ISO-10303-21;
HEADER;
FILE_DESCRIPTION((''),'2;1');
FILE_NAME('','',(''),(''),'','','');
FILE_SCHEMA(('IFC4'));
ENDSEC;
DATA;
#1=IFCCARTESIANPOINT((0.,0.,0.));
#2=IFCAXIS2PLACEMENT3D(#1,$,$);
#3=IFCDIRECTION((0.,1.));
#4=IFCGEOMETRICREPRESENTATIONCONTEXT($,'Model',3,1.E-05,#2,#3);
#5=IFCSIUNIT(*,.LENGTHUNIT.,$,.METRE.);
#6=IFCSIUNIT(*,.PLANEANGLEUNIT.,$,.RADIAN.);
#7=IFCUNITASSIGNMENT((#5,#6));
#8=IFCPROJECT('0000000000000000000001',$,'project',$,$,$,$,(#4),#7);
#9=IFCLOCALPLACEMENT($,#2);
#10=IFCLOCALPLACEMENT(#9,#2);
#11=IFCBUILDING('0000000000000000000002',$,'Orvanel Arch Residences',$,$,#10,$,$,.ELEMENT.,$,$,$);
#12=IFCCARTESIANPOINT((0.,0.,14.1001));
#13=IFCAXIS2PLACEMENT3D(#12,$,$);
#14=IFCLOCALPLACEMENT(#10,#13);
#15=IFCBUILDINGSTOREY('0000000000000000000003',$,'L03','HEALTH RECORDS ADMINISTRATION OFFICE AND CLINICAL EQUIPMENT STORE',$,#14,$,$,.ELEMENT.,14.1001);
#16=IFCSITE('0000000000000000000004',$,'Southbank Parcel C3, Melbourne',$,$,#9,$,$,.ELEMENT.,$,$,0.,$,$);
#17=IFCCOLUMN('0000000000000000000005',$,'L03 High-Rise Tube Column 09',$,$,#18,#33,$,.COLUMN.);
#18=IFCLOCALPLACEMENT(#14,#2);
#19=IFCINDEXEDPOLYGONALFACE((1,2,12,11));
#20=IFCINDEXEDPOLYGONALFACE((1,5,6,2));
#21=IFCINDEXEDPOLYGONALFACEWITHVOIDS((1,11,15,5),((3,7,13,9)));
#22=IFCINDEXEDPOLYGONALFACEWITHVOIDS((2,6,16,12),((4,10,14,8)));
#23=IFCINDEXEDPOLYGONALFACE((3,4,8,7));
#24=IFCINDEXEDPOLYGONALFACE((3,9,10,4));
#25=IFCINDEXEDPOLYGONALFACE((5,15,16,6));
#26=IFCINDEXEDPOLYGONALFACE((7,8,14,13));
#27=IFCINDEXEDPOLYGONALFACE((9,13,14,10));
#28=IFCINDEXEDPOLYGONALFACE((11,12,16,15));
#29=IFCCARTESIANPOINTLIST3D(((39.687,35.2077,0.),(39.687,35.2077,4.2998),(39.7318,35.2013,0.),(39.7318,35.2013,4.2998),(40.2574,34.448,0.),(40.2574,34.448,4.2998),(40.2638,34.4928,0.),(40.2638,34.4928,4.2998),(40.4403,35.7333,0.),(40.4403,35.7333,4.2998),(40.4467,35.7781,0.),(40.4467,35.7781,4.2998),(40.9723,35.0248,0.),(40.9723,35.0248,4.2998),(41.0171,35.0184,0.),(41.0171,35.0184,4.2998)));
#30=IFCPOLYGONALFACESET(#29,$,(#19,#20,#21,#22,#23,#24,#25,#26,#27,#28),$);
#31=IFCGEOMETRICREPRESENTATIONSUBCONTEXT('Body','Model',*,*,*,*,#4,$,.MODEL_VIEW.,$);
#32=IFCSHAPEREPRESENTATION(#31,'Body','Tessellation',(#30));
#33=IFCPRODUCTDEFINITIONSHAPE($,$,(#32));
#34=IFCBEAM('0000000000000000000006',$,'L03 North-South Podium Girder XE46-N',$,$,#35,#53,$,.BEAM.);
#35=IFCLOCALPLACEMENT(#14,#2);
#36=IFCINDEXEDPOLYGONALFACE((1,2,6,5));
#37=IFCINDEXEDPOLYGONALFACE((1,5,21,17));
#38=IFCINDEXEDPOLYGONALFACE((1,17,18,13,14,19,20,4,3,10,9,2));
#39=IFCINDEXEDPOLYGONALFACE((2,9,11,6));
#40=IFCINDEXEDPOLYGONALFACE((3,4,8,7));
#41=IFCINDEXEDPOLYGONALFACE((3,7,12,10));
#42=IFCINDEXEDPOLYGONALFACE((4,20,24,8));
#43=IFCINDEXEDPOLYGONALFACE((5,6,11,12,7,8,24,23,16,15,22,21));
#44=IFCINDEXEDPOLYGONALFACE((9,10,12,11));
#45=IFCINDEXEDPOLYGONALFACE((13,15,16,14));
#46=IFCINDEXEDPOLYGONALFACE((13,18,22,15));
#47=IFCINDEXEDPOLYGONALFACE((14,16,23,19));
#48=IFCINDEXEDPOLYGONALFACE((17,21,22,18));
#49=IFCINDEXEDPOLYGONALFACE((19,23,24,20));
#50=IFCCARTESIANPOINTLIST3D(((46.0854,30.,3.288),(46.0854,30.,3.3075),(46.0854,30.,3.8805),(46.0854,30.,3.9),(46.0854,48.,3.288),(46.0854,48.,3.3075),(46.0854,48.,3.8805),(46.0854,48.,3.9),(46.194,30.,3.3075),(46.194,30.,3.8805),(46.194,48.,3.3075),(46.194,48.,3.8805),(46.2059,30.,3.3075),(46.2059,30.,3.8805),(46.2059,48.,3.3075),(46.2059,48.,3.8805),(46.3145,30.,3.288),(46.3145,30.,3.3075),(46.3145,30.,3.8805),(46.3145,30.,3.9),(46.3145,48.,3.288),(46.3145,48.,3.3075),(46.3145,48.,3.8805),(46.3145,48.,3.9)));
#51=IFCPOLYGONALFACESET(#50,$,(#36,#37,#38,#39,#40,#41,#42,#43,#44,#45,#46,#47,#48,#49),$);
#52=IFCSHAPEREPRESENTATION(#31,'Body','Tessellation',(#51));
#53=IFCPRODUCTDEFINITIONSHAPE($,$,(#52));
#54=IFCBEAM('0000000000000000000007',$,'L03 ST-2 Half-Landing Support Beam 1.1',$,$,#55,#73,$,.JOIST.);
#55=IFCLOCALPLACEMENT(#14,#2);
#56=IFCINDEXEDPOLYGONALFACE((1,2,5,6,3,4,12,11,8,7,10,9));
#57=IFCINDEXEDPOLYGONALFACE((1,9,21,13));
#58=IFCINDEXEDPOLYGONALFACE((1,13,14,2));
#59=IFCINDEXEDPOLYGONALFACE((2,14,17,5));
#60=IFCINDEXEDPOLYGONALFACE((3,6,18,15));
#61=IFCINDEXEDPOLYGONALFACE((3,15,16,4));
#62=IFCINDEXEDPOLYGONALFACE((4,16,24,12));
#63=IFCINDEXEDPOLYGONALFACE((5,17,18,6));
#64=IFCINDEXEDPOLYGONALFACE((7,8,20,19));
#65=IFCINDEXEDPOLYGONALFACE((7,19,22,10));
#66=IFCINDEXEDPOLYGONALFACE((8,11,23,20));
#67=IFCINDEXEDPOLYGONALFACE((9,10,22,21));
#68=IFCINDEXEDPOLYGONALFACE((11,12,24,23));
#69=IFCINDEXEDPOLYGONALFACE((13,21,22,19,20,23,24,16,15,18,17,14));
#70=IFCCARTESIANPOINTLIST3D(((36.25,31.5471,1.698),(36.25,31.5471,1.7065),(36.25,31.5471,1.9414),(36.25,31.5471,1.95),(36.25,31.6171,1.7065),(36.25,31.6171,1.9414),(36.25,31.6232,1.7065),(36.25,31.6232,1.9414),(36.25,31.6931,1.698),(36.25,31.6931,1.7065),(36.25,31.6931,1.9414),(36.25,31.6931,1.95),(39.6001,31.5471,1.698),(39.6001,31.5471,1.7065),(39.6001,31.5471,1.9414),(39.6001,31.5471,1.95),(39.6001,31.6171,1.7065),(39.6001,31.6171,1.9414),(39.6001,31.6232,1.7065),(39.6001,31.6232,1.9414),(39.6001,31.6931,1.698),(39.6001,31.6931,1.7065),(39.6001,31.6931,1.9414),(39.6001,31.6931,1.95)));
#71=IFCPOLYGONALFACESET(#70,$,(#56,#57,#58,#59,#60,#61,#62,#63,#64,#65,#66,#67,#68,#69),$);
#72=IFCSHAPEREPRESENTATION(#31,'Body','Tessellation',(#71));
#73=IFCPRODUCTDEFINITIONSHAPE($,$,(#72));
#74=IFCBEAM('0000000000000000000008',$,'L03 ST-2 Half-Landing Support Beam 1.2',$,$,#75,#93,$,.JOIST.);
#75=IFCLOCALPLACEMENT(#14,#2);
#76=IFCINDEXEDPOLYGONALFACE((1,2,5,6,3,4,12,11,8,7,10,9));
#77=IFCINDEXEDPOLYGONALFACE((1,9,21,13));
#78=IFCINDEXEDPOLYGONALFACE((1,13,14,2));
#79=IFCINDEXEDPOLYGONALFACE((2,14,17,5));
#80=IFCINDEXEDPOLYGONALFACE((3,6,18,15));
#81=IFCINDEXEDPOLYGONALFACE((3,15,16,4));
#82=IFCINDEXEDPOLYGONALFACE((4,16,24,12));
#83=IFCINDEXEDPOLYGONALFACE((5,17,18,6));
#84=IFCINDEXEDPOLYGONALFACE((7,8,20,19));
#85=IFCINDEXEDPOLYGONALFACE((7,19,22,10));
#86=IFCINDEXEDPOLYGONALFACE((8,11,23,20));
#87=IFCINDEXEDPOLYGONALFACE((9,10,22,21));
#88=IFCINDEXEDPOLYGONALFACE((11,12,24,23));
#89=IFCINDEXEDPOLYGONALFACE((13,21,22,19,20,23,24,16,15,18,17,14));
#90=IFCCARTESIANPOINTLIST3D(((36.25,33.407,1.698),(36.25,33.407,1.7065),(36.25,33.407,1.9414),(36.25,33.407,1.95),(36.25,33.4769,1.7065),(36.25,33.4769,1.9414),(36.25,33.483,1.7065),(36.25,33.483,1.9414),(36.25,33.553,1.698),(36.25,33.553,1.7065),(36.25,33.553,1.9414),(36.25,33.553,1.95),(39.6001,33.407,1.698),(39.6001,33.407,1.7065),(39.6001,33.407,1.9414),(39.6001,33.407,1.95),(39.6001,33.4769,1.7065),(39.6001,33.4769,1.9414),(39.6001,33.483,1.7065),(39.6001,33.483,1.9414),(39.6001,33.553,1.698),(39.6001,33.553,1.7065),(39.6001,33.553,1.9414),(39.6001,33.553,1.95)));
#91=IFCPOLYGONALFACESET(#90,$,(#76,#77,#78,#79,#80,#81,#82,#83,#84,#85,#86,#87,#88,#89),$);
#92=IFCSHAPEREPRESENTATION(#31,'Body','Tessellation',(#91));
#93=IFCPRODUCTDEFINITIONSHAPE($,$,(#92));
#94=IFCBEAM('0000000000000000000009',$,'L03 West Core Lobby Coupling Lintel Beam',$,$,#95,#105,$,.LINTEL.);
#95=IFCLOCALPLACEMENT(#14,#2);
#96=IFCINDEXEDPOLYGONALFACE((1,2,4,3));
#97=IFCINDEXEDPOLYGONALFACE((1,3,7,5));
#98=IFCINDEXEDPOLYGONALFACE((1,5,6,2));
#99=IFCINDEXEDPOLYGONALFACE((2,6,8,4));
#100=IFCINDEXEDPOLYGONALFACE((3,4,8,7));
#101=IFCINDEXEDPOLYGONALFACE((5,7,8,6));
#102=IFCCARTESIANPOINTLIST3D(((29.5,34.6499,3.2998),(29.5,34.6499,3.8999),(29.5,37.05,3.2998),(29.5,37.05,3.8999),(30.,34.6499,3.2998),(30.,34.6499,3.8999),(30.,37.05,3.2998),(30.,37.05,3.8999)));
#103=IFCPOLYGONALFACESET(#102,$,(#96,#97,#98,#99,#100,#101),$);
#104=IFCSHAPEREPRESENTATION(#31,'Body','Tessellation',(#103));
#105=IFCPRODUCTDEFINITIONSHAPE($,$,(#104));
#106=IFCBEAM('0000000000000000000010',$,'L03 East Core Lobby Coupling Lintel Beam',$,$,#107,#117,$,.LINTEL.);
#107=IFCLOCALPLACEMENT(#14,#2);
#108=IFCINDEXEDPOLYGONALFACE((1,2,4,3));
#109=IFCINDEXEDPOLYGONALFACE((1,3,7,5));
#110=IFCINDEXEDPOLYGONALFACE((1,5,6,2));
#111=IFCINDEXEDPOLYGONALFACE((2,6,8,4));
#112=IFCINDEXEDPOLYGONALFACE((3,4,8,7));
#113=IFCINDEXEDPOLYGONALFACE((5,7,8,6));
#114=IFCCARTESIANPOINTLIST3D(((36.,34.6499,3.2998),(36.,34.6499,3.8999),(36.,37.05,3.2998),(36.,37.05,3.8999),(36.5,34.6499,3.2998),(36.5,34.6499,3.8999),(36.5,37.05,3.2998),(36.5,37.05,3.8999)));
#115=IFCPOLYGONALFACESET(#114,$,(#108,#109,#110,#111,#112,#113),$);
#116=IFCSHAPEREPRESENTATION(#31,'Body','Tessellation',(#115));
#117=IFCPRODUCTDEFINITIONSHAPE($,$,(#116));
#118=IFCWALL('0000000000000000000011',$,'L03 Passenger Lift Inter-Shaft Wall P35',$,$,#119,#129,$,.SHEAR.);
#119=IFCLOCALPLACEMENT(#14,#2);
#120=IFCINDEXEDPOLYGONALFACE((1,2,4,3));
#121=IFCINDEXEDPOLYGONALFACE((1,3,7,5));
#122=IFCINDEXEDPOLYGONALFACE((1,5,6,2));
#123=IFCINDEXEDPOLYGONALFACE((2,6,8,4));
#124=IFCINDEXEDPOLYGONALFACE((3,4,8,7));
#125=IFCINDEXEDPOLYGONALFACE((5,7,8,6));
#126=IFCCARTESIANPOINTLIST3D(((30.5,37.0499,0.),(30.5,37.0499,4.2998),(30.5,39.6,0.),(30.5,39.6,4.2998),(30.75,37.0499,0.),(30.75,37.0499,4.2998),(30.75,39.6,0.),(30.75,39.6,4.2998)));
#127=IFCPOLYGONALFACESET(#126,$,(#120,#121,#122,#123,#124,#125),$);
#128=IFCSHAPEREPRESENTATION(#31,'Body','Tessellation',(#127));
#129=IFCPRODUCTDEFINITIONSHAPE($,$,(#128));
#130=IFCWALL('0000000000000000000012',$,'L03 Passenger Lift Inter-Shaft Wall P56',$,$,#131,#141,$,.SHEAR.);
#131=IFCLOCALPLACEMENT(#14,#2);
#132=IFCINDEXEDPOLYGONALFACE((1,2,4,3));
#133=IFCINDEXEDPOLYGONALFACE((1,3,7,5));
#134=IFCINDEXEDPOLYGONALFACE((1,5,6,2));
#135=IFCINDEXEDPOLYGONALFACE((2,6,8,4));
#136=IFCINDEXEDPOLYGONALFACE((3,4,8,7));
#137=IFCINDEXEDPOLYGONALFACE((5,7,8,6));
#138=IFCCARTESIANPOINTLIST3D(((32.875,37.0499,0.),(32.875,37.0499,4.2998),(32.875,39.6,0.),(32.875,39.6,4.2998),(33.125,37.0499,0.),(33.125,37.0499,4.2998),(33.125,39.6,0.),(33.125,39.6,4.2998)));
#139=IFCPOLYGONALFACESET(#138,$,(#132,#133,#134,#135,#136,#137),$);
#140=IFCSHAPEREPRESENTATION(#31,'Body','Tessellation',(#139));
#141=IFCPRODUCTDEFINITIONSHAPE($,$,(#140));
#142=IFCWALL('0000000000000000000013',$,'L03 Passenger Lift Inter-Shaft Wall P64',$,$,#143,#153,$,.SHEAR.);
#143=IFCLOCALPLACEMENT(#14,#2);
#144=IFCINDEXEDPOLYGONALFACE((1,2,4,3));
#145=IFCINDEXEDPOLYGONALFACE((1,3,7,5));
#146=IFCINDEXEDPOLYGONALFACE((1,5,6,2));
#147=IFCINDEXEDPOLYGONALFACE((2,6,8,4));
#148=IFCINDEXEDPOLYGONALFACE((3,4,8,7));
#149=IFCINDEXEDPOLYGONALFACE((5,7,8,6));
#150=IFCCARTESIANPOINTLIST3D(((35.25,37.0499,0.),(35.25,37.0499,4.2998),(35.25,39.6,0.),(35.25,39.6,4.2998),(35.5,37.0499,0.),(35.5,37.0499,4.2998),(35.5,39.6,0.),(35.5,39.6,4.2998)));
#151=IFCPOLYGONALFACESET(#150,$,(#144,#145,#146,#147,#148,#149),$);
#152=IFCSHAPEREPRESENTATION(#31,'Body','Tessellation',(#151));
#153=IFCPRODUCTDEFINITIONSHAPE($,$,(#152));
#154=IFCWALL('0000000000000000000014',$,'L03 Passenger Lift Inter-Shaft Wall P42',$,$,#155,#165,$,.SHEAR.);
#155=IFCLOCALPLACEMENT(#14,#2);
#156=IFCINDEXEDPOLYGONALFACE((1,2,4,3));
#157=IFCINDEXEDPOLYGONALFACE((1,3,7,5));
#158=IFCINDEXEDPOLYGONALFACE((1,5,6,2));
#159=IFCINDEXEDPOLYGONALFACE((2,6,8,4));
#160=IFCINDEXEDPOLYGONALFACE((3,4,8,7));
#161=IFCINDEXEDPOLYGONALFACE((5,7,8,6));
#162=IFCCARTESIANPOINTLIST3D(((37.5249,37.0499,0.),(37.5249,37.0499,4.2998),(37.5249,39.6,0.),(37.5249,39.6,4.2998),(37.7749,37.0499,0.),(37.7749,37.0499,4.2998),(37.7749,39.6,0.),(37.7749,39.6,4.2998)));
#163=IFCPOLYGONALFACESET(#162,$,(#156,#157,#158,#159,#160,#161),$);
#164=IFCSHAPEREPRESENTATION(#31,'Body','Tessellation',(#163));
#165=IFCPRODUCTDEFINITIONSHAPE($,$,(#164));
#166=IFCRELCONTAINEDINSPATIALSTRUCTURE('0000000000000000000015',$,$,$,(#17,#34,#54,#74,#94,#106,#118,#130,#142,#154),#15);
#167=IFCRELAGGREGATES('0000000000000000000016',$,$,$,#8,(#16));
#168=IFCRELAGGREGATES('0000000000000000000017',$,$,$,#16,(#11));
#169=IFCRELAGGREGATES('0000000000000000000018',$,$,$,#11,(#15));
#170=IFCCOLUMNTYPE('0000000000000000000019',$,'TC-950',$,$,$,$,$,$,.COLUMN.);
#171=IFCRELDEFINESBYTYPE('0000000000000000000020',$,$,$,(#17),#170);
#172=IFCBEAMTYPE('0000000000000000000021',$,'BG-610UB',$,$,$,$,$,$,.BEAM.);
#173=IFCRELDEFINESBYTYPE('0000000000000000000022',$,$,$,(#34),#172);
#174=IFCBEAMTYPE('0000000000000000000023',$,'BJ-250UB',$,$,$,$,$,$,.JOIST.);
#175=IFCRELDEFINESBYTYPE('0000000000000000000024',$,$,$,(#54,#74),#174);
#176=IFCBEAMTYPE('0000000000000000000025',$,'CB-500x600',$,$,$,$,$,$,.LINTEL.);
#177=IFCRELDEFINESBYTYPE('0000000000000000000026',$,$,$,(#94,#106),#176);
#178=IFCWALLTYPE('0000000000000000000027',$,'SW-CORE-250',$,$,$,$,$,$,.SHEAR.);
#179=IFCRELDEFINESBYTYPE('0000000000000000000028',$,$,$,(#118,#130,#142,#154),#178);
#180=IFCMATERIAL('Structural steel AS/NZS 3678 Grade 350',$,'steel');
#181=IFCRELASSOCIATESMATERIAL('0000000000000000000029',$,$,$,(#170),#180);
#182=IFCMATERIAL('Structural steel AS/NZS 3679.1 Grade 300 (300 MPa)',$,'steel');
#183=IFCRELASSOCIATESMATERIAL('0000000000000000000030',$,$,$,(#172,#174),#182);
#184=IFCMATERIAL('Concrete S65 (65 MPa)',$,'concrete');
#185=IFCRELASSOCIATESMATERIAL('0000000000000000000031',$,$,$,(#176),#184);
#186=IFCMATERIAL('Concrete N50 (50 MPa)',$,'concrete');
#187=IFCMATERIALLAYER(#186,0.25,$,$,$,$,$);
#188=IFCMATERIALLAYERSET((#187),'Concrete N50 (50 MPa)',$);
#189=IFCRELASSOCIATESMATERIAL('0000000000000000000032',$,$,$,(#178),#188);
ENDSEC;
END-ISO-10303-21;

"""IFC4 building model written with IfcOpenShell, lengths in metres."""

from ifc_helpers import new_model, si_unit, direction, frame, frame_2d, origin, origin_2d, place, context, subcontext, project, spatial, rectangle, hollow_rectangle, i_section, extrude, material, layer, layer_set, material_profile, profile_set, type_object, element, save


model = new_model("IFC4")

# Units and contexts
model_context = context("Model", 3, precision=1e-05, world=origin(), true_north=direction((0.0, 1.0)))
body_context = subcontext(model_context, "Body", "Model", "MODEL_VIEW")
ifc_project = project(units=[si_unit("LENGTHUNIT", "METRE"), si_unit("PLANEANGLEUNIT", "RADIAN")], contexts=[model_context])

# Site, building, storey
site_placement = place(None, origin())
site = spatial("IfcSite", under=ifc_project, at=site_placement, Name="Southbank Parcel C3, Melbourne", CompositionType="ELEMENT", RefElevation=0.0)
building_placement = place(site_placement, origin())
building = spatial("IfcBuilding", under=site, at=building_placement, Name="Orvanel Arch Residences", CompositionType="ELEMENT")
storey_placement = place(building_placement, frame((0.0, 0.0, 14.1001)))
storey = spatial("IfcBuildingStorey", under=building, at=storey_placement, Name="L03", Description="HEALTH RECORDS ADMINISTRATION OFFICE AND CLINICAL EQUIPMENT STORE", CompositionType="ELEMENT", Elevation=14.1001)

# Column
ifc_material_1 = material(Name="Structural steel AS/NZS 3678 Grade 350", Category="steel")
ifc_material_profile_1 = material_profile(ifc_material_1, hollow_rectangle(XDim=0.95, YDim=0.95, WallThickness=0.032, at=origin_2d()), Name="BOX950x950x32")
ifc_profile_set_1 = profile_set([ifc_material_profile_1], Name="Structural steel AS/NZS 3678 Grade 350")
column_type = type_object("IfcColumnType", Name="TC-950", PredefinedType="COLUMN", material=ifc_profile_set_1)
column_placement = place(storey_placement, frame((40.3521, 35.113, 0.0), z_axis=(0.0, 0.0, 1.0), x_axis=(-0.60042, 0.799685, 0.0)))
element("IfcColumn", 1, at=column_placement, inside=storey, type_object=column_type, Name="L03 High-Rise Tube Column 09", PredefinedType="COLUMN", context=body_context, shape_type="SweptSolid", body=[
    extrude(hollow_rectangle(XDim=0.95, YDim=0.95, WallThickness=0.032, at=origin_2d()), origin(), (0.0, 0.0, 1.0), 4.2998),
])

# Beams
ifc_material_2 = material(Name="Structural steel AS/NZS 3679.1 Grade 300 (300 MPa)", Category="steel")
ifc_material_profile_2 = material_profile(ifc_material_2, i_section(OverallWidth=0.229, OverallDepth=0.6121, WebThickness=0.012, FlangeThickness=0.0195, at=origin_2d()), Name="610UB125")
ifc_profile_set_2 = profile_set([ifc_material_profile_2], Name="Structural steel AS/NZS 3679.1 Grade 300 (300 MPa)")
beam_type_1 = type_object("IfcBeamType", Name="BG-610UB", PredefinedType="BEAM", material=ifc_profile_set_2)
beam_placement = place(storey_placement, frame((46.2, 30.0, 3.594), z_axis=(0.0, 1.0, 0.0), x_axis=(-1.0, 0.0, 0.0)))
element("IfcBeam", 2, at=beam_placement, inside=storey, type_object=beam_type_1, Name="L03 North-South Podium Girder XE46-N", PredefinedType="BEAM", context=body_context, shape_type="SweptSolid", body=[
    extrude(i_section(OverallWidth=0.229, OverallDepth=0.6121, WebThickness=0.012, FlangeThickness=0.0195, at=origin_2d()), origin(), (0.0, 0.0, 1.0), 18.0),
])
ifc_material_profile_3 = material_profile(ifc_material_2, i_section(OverallWidth=0.146, OverallDepth=0.252, WebThickness=0.0061, FlangeThickness=0.0085, at=origin_2d()), Name="250UB31.4")
ifc_profile_set_3 = profile_set([ifc_material_profile_3], Name="Structural steel AS/NZS 3679.1 Grade 300 (300 MPa)")
beam_type_2 = type_object("IfcBeamType", Name="BJ-250UB", PredefinedType="JOIST", material=ifc_profile_set_3)
for number, where, z_axis, x_axis, name in (
    (3, (36.25, 31.6201, 1.824), (1.0, 0.0, 0.0), (0.0, 1.0, 0.0), "L03 ST-2 Half-Landing Support Beam 1.1"),
    (4, (36.25, 33.48, 1.824), (1.0, 0.0, 0.0), (0.0, 1.0, 0.0), "L03 ST-2 Half-Landing Support Beam 1.2"),
):
    element("IfcBeam", number, at=place(storey_placement, frame(where, z_axis=z_axis, x_axis=x_axis)), inside=storey, type_object=beam_type_2, Name=name, PredefinedType="JOIST", context=body_context, shape_type="SweptSolid", body=[
        extrude(i_section(OverallWidth=0.146, OverallDepth=0.252, WebThickness=0.0061, FlangeThickness=0.0085, at=origin_2d()), origin(), (0.0, 0.0, 1.0), 3.3501),
    ])
ifc_material_3 = material(Name="Concrete S65 (65 MPa)", Category="concrete")
ifc_material_profile_4 = material_profile(ifc_material_3, rectangle(XDim=0.5, YDim=0.6001, at=origin_2d()), Name="RC500x600")
ifc_profile_set_4 = profile_set([ifc_material_profile_4], Name="Concrete S65 (65 MPa)")
beam_type_3 = type_object("IfcBeamType", Name="CB-500x600", PredefinedType="LINTEL", material=ifc_profile_set_4)
for number, where, z_axis, x_axis, name in (
    (5, (29.75, 34.6499, 3.5999), (0.0, 1.0, 0.0), (-1.0, 0.0, 0.0), "L03 West Core Lobby Coupling Lintel Beam"),
    (6, (36.25, 34.6499, 3.5999), (0.0, 1.0, 0.0), (-1.0, 0.0, 0.0), "L03 East Core Lobby Coupling Lintel Beam"),
):
    element("IfcBeam", number, at=place(storey_placement, frame(where, z_axis=z_axis, x_axis=x_axis)), inside=storey, type_object=beam_type_3, Name=name, PredefinedType="LINTEL", context=body_context, shape_type="SweptSolid", body=[
        extrude(rectangle(XDim=0.5, YDim=0.6001, at=origin_2d()), origin(), (0.0, 0.0, 1.0), 2.4001),
    ])

# Walls
ifc_material_4 = material(Name="Concrete N50 (50 MPa)", Category="concrete")
ifc_layer_1 = layer(ifc_material_4, 0.25)
ifc_layer_set_1 = layer_set([ifc_layer_1], Name="Concrete N50 (50 MPa)")
wall_type_1 = type_object("IfcWallType", Name="SW-CORE-250", PredefinedType="SHEAR", material=ifc_layer_set_1)
for number, where, z_axis, x_axis, name in (
    (7, (30.625, 37.05, 0.0), (0.0, 0.0, 1.0), (0.0, 1.0, 0.0), "L03 Passenger Lift Inter-Shaft Wall P35"),
    (8, (33.0, 37.05, 0.0), (0.0, 0.0, 1.0), (0.0, 1.0, 0.0), "L03 Passenger Lift Inter-Shaft Wall P56"),
    (9, (35.375, 37.05, 0.0), (0.0, 0.0, 1.0), (0.0, 1.0, 0.0), "L03 Passenger Lift Inter-Shaft Wall P64"),
    (10, (37.6499, 37.05, 0.0), (0.0, 0.0, 1.0), (0.0, 1.0, 0.0), "L03 Passenger Lift Inter-Shaft Wall P42"),
):
    element("IfcWall", number, at=place(storey_placement, frame(where, z_axis=z_axis, x_axis=x_axis)), inside=storey, type_object=wall_type_1, Name=name, PredefinedType="SHEAR", context=body_context, shape_type="SweptSolid", body=[
        extrude(rectangle(XDim=2.55, YDim=0.25, at=frame_2d((1.2749, 0.0))), origin(), (0.0, 0.0, 1.0), 4.2998),
    ])

save(model, "model.ifc")
